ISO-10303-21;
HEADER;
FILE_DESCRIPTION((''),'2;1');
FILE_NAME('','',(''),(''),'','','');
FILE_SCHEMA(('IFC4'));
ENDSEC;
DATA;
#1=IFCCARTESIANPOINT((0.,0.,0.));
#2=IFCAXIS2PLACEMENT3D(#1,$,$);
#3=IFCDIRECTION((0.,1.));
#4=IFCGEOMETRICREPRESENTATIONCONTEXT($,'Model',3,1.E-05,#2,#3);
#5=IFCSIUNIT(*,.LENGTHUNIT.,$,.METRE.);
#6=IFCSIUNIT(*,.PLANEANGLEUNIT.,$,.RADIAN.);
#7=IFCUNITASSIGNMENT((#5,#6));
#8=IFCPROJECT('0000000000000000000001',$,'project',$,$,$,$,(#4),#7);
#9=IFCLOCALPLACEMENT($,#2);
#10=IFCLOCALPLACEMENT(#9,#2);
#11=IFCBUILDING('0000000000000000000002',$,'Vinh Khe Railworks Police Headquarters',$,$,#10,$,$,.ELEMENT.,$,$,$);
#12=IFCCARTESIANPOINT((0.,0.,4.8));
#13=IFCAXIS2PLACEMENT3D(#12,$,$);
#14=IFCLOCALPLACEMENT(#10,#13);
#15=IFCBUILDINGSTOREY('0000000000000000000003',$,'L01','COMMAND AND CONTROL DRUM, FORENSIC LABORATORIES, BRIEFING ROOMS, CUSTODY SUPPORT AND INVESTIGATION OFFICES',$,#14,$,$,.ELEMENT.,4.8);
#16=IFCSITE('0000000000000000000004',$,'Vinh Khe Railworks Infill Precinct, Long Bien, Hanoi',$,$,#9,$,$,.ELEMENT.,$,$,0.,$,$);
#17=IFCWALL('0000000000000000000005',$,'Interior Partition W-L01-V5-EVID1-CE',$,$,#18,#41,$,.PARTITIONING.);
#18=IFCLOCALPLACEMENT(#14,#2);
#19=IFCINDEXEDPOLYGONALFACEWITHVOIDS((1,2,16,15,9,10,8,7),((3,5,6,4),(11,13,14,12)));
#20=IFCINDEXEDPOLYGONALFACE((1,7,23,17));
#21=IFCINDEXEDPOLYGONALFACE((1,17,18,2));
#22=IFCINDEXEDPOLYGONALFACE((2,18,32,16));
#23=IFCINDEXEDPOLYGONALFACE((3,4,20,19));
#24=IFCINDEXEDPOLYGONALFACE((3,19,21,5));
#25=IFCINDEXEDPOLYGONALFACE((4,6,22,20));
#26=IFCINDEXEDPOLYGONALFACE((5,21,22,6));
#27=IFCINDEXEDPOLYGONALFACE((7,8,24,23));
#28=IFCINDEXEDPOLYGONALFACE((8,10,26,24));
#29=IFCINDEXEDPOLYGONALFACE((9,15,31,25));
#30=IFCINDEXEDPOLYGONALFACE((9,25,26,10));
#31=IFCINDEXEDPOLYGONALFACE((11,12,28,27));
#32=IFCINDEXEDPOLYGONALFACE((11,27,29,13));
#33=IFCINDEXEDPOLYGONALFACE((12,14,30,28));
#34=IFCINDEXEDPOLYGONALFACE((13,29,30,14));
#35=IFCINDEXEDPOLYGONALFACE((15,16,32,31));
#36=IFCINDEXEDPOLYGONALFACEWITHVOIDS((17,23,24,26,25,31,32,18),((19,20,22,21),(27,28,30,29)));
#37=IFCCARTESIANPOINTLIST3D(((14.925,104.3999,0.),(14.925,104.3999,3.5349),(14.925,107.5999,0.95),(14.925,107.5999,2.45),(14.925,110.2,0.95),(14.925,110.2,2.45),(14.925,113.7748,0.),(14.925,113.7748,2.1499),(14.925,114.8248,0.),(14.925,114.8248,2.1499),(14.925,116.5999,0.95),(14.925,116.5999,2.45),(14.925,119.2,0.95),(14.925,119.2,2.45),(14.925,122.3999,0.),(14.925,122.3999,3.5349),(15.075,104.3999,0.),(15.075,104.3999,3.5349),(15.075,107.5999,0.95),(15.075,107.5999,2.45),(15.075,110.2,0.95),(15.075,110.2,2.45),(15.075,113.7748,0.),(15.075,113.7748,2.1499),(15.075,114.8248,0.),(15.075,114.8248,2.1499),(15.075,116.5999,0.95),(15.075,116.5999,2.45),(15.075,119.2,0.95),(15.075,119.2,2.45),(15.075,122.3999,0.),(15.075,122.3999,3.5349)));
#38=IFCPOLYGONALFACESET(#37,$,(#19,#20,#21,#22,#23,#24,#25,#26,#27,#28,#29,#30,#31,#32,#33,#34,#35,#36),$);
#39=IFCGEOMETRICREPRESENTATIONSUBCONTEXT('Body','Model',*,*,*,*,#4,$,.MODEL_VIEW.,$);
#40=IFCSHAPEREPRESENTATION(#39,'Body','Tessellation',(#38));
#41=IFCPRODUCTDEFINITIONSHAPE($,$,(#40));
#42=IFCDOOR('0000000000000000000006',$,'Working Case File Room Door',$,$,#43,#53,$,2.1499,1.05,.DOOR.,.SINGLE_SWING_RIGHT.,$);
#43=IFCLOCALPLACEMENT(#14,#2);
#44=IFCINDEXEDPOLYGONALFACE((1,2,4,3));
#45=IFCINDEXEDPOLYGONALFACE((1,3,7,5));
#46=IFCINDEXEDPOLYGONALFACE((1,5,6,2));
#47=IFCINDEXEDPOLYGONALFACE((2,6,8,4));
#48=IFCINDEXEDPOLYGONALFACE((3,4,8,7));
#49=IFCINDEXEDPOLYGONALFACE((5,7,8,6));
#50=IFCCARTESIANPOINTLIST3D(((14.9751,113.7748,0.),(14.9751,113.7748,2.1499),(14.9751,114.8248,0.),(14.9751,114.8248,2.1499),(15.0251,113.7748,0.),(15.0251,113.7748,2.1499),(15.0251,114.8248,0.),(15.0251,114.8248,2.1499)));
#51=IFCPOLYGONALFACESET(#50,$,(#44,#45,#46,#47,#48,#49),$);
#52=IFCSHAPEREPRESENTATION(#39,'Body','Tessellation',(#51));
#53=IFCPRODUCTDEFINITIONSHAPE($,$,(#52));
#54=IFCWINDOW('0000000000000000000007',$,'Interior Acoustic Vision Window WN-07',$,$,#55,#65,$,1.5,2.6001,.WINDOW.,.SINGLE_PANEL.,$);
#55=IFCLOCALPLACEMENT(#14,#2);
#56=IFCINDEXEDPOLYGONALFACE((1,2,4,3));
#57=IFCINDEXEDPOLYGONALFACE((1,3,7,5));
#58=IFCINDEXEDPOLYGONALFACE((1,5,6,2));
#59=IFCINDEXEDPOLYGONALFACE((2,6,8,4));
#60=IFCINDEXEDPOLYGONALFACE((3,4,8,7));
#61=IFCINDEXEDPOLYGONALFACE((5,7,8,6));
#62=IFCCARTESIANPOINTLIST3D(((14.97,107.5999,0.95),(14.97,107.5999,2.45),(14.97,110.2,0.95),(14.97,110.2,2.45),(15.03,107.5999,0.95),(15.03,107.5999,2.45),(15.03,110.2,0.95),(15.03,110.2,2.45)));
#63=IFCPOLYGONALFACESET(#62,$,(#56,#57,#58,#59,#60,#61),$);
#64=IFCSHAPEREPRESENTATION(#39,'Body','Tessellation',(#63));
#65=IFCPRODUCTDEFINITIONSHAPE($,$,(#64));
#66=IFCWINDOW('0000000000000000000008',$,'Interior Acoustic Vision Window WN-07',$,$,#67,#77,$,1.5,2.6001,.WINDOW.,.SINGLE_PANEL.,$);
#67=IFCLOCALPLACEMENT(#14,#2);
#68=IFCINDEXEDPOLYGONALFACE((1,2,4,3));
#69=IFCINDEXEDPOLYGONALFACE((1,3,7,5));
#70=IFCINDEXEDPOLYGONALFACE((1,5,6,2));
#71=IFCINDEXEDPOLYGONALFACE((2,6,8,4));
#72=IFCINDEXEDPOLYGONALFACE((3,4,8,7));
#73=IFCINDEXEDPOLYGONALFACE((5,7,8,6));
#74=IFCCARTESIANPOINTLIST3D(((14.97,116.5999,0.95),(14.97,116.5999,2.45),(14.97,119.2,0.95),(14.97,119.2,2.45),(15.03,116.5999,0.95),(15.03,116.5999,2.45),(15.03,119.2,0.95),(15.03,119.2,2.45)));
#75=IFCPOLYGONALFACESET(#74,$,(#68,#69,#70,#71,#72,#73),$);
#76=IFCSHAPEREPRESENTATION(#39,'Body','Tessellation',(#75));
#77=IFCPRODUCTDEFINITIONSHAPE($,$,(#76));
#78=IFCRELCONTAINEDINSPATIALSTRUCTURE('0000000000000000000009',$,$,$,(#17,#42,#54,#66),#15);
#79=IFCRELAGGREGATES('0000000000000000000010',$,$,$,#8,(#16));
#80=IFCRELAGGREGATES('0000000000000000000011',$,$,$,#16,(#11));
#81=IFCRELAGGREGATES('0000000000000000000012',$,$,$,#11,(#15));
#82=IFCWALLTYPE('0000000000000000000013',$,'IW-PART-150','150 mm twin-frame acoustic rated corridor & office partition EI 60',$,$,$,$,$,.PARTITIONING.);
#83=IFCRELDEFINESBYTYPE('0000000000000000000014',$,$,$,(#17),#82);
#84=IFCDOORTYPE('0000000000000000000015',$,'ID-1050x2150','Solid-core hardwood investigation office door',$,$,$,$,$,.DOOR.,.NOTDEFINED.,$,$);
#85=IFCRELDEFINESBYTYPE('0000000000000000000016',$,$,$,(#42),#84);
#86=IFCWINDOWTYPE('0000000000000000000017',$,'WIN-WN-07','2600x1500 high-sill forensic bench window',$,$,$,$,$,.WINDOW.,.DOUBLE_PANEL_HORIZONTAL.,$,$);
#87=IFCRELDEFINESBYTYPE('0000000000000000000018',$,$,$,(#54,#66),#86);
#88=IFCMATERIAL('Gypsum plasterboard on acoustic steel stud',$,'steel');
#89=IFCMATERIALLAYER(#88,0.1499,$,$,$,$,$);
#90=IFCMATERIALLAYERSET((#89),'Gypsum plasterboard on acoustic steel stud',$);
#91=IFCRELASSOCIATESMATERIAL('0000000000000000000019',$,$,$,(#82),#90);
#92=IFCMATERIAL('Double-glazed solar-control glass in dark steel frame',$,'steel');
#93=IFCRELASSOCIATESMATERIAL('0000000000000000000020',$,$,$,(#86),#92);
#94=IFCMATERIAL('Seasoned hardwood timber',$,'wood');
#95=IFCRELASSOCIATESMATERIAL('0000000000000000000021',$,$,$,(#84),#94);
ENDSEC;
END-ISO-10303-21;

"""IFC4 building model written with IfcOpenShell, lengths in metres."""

from ifc_helpers import new_model, si_unit, direction, frame, frame_2d, origin, place, context, subcontext, project, spatial, rectangle, extrude, material, layer, layer_set, type_object, element, fill, save


model = new_model("IFC4")

# Units and contexts
model_context = context("Model", 3, precision=1e-05, world=origin(), true_north=direction((0.0, 1.0)))
body_context = subcontext(model_context, "Body", "Model", "MODEL_VIEW")
ifc_project = project(units=[si_unit("LENGTHUNIT", "METRE"), si_unit("PLANEANGLEUNIT", "RADIAN")], contexts=[model_context])

# Site, building, storey
site_placement = place(None, origin())
site = spatial("IfcSite", under=ifc_project, at=site_placement, Name="Vinh Khe Railworks Infill Precinct, Long Bien, Hanoi", CompositionType="ELEMENT", RefElevation=0.0)
building_placement = place(site_placement, origin())
building = spatial("IfcBuilding", under=site, at=building_placement, Name="Vinh Khe Railworks Police Headquarters", CompositionType="ELEMENT")
storey_placement = place(building_placement, frame((0.0, 0.0, 4.8)))
storey = spatial("IfcBuildingStorey", under=building, at=storey_placement, Name="L01", Description="COMMAND AND CONTROL DRUM, FORENSIC LABORATORIES, BRIEFING ROOMS, CUSTODY SUPPORT AND INVESTIGATION OFFICES", CompositionType="ELEMENT", Elevation=4.8)

# Shared definitions
ifc_material_1 = material(Name="Double-glazed solar-control glass in dark steel frame", Category="steel")

# Wall, openings, door, windows
ifc_material_2 = material(Name="Gypsum plasterboard on acoustic steel stud", Category="steel")
ifc_layer_1 = layer(ifc_material_2, 0.1499)
ifc_layer_set_1 = layer_set([ifc_layer_1], Name="Gypsum plasterboard on acoustic steel stud")
wall_type_1 = type_object("IfcWallType", Name="IW-PART-150", Description="150 mm twin-frame acoustic rated corridor & office partition EI 60", PredefinedType="PARTITIONING", material=ifc_layer_set_1)
window_type_1 = type_object("IfcWindowType", Name="WIN-WN-07", Description="2600x1500 high-sill forensic bench window", PartitioningType="DOUBLE_PANEL_HORIZONTAL", PredefinedType="WINDOW", material=ifc_material_1)
wall_1_placement = place(storey_placement, frame((15.0, 104.3999, 0.0), z_axis=(0.0, 0.0, 1.0), x_axis=(0.0, 1.0, 0.0)))
wall_1 = element("IfcWall", 1, at=wall_1_placement, inside=storey, type_object=wall_type_1, Name="Interior Partition W-L01-V5-EVID1-CE", PredefinedType="PARTITIONING", context=body_context, shape_type="SweptSolid", body=[
    extrude(rectangle(XDim=18.0, YDim=0.1499, at=frame_2d((9.0, 0.0))), origin(), (0.0, 0.0, 1.0), 3.5349),
])
opening_1_placement = place(wall_1_placement, frame((9.375, 0.0, 0.0)))
opening_1 = element("IfcOpeningElement", 2, at=opening_1_placement, cuts=wall_1, PredefinedType="OPENING", context=body_context, shape_type="SweptSolid", body=[
    extrude(rectangle(XDim=1.05, YDim=2.1499, at=frame_2d((0.5249, 1.075))), frame((0.0, 0.0898, 0.0), z_axis=(0.0, -1.0, 0.0), x_axis=(1.0, 0.0, 0.0)), (0.0, 0.0, 1.0), 0.1797),
])
opening_2_placement = place(wall_1_placement, frame((3.2, 0.0, 0.95)))
opening_2 = element("IfcOpeningElement", 3, at=opening_2_placement, cuts=wall_1, PredefinedType="OPENING", context=body_context, shape_type="SweptSolid", body=[
    extrude(rectangle(XDim=2.6001, YDim=1.5, at=frame_2d((1.3, 0.75))), frame((0.0, 0.0898, 0.0), z_axis=(0.0, -1.0, 0.0), x_axis=(1.0, 0.0, 0.0)), (0.0, 0.0, 1.0), 0.1797),
])
opening_3_placement = place(wall_1_placement, frame((12.2, 0.0, 0.95)))
opening_3 = element("IfcOpeningElement", 4, at=opening_3_placement, cuts=wall_1, PredefinedType="OPENING", context=body_context, shape_type="SweptSolid", body=[
    extrude(rectangle(XDim=2.6001, YDim=1.5, at=frame_2d((1.3, 0.75))), frame((0.0, 0.0898, 0.0), z_axis=(0.0, -1.0, 0.0), x_axis=(1.0, 0.0, 0.0)), (0.0, 0.0, 1.0), 0.1797),
])
ifc_material_3 = material(Name="Seasoned hardwood timber", Category="wood")
door_type_1 = type_object("IfcDoorType", Name="ID-1050x2150", Description="Solid-core hardwood investigation office door", OperationType="NOTDEFINED", PredefinedType="DOOR", material=ifc_material_3)
door_1_placement = place(opening_1_placement, origin())
door_1 = element("IfcDoor", 5, at=door_1_placement, inside=storey, type_object=door_type_1, Name="Working Case File Room Door", OperationType="SINGLE_SWING_RIGHT", OverallHeight=2.1499, OverallWidth=1.05, PredefinedType="DOOR", context=body_context, shape_type="SweptSolid", body=[
    extrude(rectangle(XDim=1.05, YDim=2.1499, at=frame_2d((0.5249, 1.075))), frame((0.0, 0.0249, 0.0), z_axis=(0.0, -1.0, 0.0), x_axis=(1.0, 0.0, 0.0)), (0.0, 0.0, 1.0), 0.05),
])
fill(opening_1, door_1)
window_1_placement = place(opening_2_placement, origin())
window_1 = element("IfcWindow", 6, at=window_1_placement, inside=storey, type_object=window_type_1, Name="Interior Acoustic Vision Window WN-07", OverallHeight=1.5, OverallWidth=2.6001, PartitioningType="SINGLE_PANEL", PredefinedType="WINDOW", context=body_context, shape_type="SweptSolid", body=[
    extrude(rectangle(XDim=2.6001, YDim=1.5, at=frame_2d((1.3, 0.75))), frame((0.0, 0.03, 0.0), z_axis=(0.0, -1.0, 0.0), x_axis=(1.0, 0.0, 0.0)), (0.0, 0.0, 1.0), 0.0601),
])
fill(opening_2, window_1)
window_2_placement = place(opening_3_placement, origin())
window_2 = element("IfcWindow", 7, at=window_2_placement, inside=storey, type_object=window_type_1, Name="Interior Acoustic Vision Window WN-07", OverallHeight=1.5, OverallWidth=2.6001, PartitioningType="SINGLE_PANEL", PredefinedType="WINDOW", context=body_context, shape_type="SweptSolid", body=[
    extrude(rectangle(XDim=2.6001, YDim=1.5, at=frame_2d((1.3, 0.75))), frame((0.0, 0.03, 0.0), z_axis=(0.0, -1.0, 0.0), x_axis=(1.0, 0.0, 0.0)), (0.0, 0.0, 1.0), 0.0601),
])
fill(opening_3, window_2)

save(model, "model.ifc")
